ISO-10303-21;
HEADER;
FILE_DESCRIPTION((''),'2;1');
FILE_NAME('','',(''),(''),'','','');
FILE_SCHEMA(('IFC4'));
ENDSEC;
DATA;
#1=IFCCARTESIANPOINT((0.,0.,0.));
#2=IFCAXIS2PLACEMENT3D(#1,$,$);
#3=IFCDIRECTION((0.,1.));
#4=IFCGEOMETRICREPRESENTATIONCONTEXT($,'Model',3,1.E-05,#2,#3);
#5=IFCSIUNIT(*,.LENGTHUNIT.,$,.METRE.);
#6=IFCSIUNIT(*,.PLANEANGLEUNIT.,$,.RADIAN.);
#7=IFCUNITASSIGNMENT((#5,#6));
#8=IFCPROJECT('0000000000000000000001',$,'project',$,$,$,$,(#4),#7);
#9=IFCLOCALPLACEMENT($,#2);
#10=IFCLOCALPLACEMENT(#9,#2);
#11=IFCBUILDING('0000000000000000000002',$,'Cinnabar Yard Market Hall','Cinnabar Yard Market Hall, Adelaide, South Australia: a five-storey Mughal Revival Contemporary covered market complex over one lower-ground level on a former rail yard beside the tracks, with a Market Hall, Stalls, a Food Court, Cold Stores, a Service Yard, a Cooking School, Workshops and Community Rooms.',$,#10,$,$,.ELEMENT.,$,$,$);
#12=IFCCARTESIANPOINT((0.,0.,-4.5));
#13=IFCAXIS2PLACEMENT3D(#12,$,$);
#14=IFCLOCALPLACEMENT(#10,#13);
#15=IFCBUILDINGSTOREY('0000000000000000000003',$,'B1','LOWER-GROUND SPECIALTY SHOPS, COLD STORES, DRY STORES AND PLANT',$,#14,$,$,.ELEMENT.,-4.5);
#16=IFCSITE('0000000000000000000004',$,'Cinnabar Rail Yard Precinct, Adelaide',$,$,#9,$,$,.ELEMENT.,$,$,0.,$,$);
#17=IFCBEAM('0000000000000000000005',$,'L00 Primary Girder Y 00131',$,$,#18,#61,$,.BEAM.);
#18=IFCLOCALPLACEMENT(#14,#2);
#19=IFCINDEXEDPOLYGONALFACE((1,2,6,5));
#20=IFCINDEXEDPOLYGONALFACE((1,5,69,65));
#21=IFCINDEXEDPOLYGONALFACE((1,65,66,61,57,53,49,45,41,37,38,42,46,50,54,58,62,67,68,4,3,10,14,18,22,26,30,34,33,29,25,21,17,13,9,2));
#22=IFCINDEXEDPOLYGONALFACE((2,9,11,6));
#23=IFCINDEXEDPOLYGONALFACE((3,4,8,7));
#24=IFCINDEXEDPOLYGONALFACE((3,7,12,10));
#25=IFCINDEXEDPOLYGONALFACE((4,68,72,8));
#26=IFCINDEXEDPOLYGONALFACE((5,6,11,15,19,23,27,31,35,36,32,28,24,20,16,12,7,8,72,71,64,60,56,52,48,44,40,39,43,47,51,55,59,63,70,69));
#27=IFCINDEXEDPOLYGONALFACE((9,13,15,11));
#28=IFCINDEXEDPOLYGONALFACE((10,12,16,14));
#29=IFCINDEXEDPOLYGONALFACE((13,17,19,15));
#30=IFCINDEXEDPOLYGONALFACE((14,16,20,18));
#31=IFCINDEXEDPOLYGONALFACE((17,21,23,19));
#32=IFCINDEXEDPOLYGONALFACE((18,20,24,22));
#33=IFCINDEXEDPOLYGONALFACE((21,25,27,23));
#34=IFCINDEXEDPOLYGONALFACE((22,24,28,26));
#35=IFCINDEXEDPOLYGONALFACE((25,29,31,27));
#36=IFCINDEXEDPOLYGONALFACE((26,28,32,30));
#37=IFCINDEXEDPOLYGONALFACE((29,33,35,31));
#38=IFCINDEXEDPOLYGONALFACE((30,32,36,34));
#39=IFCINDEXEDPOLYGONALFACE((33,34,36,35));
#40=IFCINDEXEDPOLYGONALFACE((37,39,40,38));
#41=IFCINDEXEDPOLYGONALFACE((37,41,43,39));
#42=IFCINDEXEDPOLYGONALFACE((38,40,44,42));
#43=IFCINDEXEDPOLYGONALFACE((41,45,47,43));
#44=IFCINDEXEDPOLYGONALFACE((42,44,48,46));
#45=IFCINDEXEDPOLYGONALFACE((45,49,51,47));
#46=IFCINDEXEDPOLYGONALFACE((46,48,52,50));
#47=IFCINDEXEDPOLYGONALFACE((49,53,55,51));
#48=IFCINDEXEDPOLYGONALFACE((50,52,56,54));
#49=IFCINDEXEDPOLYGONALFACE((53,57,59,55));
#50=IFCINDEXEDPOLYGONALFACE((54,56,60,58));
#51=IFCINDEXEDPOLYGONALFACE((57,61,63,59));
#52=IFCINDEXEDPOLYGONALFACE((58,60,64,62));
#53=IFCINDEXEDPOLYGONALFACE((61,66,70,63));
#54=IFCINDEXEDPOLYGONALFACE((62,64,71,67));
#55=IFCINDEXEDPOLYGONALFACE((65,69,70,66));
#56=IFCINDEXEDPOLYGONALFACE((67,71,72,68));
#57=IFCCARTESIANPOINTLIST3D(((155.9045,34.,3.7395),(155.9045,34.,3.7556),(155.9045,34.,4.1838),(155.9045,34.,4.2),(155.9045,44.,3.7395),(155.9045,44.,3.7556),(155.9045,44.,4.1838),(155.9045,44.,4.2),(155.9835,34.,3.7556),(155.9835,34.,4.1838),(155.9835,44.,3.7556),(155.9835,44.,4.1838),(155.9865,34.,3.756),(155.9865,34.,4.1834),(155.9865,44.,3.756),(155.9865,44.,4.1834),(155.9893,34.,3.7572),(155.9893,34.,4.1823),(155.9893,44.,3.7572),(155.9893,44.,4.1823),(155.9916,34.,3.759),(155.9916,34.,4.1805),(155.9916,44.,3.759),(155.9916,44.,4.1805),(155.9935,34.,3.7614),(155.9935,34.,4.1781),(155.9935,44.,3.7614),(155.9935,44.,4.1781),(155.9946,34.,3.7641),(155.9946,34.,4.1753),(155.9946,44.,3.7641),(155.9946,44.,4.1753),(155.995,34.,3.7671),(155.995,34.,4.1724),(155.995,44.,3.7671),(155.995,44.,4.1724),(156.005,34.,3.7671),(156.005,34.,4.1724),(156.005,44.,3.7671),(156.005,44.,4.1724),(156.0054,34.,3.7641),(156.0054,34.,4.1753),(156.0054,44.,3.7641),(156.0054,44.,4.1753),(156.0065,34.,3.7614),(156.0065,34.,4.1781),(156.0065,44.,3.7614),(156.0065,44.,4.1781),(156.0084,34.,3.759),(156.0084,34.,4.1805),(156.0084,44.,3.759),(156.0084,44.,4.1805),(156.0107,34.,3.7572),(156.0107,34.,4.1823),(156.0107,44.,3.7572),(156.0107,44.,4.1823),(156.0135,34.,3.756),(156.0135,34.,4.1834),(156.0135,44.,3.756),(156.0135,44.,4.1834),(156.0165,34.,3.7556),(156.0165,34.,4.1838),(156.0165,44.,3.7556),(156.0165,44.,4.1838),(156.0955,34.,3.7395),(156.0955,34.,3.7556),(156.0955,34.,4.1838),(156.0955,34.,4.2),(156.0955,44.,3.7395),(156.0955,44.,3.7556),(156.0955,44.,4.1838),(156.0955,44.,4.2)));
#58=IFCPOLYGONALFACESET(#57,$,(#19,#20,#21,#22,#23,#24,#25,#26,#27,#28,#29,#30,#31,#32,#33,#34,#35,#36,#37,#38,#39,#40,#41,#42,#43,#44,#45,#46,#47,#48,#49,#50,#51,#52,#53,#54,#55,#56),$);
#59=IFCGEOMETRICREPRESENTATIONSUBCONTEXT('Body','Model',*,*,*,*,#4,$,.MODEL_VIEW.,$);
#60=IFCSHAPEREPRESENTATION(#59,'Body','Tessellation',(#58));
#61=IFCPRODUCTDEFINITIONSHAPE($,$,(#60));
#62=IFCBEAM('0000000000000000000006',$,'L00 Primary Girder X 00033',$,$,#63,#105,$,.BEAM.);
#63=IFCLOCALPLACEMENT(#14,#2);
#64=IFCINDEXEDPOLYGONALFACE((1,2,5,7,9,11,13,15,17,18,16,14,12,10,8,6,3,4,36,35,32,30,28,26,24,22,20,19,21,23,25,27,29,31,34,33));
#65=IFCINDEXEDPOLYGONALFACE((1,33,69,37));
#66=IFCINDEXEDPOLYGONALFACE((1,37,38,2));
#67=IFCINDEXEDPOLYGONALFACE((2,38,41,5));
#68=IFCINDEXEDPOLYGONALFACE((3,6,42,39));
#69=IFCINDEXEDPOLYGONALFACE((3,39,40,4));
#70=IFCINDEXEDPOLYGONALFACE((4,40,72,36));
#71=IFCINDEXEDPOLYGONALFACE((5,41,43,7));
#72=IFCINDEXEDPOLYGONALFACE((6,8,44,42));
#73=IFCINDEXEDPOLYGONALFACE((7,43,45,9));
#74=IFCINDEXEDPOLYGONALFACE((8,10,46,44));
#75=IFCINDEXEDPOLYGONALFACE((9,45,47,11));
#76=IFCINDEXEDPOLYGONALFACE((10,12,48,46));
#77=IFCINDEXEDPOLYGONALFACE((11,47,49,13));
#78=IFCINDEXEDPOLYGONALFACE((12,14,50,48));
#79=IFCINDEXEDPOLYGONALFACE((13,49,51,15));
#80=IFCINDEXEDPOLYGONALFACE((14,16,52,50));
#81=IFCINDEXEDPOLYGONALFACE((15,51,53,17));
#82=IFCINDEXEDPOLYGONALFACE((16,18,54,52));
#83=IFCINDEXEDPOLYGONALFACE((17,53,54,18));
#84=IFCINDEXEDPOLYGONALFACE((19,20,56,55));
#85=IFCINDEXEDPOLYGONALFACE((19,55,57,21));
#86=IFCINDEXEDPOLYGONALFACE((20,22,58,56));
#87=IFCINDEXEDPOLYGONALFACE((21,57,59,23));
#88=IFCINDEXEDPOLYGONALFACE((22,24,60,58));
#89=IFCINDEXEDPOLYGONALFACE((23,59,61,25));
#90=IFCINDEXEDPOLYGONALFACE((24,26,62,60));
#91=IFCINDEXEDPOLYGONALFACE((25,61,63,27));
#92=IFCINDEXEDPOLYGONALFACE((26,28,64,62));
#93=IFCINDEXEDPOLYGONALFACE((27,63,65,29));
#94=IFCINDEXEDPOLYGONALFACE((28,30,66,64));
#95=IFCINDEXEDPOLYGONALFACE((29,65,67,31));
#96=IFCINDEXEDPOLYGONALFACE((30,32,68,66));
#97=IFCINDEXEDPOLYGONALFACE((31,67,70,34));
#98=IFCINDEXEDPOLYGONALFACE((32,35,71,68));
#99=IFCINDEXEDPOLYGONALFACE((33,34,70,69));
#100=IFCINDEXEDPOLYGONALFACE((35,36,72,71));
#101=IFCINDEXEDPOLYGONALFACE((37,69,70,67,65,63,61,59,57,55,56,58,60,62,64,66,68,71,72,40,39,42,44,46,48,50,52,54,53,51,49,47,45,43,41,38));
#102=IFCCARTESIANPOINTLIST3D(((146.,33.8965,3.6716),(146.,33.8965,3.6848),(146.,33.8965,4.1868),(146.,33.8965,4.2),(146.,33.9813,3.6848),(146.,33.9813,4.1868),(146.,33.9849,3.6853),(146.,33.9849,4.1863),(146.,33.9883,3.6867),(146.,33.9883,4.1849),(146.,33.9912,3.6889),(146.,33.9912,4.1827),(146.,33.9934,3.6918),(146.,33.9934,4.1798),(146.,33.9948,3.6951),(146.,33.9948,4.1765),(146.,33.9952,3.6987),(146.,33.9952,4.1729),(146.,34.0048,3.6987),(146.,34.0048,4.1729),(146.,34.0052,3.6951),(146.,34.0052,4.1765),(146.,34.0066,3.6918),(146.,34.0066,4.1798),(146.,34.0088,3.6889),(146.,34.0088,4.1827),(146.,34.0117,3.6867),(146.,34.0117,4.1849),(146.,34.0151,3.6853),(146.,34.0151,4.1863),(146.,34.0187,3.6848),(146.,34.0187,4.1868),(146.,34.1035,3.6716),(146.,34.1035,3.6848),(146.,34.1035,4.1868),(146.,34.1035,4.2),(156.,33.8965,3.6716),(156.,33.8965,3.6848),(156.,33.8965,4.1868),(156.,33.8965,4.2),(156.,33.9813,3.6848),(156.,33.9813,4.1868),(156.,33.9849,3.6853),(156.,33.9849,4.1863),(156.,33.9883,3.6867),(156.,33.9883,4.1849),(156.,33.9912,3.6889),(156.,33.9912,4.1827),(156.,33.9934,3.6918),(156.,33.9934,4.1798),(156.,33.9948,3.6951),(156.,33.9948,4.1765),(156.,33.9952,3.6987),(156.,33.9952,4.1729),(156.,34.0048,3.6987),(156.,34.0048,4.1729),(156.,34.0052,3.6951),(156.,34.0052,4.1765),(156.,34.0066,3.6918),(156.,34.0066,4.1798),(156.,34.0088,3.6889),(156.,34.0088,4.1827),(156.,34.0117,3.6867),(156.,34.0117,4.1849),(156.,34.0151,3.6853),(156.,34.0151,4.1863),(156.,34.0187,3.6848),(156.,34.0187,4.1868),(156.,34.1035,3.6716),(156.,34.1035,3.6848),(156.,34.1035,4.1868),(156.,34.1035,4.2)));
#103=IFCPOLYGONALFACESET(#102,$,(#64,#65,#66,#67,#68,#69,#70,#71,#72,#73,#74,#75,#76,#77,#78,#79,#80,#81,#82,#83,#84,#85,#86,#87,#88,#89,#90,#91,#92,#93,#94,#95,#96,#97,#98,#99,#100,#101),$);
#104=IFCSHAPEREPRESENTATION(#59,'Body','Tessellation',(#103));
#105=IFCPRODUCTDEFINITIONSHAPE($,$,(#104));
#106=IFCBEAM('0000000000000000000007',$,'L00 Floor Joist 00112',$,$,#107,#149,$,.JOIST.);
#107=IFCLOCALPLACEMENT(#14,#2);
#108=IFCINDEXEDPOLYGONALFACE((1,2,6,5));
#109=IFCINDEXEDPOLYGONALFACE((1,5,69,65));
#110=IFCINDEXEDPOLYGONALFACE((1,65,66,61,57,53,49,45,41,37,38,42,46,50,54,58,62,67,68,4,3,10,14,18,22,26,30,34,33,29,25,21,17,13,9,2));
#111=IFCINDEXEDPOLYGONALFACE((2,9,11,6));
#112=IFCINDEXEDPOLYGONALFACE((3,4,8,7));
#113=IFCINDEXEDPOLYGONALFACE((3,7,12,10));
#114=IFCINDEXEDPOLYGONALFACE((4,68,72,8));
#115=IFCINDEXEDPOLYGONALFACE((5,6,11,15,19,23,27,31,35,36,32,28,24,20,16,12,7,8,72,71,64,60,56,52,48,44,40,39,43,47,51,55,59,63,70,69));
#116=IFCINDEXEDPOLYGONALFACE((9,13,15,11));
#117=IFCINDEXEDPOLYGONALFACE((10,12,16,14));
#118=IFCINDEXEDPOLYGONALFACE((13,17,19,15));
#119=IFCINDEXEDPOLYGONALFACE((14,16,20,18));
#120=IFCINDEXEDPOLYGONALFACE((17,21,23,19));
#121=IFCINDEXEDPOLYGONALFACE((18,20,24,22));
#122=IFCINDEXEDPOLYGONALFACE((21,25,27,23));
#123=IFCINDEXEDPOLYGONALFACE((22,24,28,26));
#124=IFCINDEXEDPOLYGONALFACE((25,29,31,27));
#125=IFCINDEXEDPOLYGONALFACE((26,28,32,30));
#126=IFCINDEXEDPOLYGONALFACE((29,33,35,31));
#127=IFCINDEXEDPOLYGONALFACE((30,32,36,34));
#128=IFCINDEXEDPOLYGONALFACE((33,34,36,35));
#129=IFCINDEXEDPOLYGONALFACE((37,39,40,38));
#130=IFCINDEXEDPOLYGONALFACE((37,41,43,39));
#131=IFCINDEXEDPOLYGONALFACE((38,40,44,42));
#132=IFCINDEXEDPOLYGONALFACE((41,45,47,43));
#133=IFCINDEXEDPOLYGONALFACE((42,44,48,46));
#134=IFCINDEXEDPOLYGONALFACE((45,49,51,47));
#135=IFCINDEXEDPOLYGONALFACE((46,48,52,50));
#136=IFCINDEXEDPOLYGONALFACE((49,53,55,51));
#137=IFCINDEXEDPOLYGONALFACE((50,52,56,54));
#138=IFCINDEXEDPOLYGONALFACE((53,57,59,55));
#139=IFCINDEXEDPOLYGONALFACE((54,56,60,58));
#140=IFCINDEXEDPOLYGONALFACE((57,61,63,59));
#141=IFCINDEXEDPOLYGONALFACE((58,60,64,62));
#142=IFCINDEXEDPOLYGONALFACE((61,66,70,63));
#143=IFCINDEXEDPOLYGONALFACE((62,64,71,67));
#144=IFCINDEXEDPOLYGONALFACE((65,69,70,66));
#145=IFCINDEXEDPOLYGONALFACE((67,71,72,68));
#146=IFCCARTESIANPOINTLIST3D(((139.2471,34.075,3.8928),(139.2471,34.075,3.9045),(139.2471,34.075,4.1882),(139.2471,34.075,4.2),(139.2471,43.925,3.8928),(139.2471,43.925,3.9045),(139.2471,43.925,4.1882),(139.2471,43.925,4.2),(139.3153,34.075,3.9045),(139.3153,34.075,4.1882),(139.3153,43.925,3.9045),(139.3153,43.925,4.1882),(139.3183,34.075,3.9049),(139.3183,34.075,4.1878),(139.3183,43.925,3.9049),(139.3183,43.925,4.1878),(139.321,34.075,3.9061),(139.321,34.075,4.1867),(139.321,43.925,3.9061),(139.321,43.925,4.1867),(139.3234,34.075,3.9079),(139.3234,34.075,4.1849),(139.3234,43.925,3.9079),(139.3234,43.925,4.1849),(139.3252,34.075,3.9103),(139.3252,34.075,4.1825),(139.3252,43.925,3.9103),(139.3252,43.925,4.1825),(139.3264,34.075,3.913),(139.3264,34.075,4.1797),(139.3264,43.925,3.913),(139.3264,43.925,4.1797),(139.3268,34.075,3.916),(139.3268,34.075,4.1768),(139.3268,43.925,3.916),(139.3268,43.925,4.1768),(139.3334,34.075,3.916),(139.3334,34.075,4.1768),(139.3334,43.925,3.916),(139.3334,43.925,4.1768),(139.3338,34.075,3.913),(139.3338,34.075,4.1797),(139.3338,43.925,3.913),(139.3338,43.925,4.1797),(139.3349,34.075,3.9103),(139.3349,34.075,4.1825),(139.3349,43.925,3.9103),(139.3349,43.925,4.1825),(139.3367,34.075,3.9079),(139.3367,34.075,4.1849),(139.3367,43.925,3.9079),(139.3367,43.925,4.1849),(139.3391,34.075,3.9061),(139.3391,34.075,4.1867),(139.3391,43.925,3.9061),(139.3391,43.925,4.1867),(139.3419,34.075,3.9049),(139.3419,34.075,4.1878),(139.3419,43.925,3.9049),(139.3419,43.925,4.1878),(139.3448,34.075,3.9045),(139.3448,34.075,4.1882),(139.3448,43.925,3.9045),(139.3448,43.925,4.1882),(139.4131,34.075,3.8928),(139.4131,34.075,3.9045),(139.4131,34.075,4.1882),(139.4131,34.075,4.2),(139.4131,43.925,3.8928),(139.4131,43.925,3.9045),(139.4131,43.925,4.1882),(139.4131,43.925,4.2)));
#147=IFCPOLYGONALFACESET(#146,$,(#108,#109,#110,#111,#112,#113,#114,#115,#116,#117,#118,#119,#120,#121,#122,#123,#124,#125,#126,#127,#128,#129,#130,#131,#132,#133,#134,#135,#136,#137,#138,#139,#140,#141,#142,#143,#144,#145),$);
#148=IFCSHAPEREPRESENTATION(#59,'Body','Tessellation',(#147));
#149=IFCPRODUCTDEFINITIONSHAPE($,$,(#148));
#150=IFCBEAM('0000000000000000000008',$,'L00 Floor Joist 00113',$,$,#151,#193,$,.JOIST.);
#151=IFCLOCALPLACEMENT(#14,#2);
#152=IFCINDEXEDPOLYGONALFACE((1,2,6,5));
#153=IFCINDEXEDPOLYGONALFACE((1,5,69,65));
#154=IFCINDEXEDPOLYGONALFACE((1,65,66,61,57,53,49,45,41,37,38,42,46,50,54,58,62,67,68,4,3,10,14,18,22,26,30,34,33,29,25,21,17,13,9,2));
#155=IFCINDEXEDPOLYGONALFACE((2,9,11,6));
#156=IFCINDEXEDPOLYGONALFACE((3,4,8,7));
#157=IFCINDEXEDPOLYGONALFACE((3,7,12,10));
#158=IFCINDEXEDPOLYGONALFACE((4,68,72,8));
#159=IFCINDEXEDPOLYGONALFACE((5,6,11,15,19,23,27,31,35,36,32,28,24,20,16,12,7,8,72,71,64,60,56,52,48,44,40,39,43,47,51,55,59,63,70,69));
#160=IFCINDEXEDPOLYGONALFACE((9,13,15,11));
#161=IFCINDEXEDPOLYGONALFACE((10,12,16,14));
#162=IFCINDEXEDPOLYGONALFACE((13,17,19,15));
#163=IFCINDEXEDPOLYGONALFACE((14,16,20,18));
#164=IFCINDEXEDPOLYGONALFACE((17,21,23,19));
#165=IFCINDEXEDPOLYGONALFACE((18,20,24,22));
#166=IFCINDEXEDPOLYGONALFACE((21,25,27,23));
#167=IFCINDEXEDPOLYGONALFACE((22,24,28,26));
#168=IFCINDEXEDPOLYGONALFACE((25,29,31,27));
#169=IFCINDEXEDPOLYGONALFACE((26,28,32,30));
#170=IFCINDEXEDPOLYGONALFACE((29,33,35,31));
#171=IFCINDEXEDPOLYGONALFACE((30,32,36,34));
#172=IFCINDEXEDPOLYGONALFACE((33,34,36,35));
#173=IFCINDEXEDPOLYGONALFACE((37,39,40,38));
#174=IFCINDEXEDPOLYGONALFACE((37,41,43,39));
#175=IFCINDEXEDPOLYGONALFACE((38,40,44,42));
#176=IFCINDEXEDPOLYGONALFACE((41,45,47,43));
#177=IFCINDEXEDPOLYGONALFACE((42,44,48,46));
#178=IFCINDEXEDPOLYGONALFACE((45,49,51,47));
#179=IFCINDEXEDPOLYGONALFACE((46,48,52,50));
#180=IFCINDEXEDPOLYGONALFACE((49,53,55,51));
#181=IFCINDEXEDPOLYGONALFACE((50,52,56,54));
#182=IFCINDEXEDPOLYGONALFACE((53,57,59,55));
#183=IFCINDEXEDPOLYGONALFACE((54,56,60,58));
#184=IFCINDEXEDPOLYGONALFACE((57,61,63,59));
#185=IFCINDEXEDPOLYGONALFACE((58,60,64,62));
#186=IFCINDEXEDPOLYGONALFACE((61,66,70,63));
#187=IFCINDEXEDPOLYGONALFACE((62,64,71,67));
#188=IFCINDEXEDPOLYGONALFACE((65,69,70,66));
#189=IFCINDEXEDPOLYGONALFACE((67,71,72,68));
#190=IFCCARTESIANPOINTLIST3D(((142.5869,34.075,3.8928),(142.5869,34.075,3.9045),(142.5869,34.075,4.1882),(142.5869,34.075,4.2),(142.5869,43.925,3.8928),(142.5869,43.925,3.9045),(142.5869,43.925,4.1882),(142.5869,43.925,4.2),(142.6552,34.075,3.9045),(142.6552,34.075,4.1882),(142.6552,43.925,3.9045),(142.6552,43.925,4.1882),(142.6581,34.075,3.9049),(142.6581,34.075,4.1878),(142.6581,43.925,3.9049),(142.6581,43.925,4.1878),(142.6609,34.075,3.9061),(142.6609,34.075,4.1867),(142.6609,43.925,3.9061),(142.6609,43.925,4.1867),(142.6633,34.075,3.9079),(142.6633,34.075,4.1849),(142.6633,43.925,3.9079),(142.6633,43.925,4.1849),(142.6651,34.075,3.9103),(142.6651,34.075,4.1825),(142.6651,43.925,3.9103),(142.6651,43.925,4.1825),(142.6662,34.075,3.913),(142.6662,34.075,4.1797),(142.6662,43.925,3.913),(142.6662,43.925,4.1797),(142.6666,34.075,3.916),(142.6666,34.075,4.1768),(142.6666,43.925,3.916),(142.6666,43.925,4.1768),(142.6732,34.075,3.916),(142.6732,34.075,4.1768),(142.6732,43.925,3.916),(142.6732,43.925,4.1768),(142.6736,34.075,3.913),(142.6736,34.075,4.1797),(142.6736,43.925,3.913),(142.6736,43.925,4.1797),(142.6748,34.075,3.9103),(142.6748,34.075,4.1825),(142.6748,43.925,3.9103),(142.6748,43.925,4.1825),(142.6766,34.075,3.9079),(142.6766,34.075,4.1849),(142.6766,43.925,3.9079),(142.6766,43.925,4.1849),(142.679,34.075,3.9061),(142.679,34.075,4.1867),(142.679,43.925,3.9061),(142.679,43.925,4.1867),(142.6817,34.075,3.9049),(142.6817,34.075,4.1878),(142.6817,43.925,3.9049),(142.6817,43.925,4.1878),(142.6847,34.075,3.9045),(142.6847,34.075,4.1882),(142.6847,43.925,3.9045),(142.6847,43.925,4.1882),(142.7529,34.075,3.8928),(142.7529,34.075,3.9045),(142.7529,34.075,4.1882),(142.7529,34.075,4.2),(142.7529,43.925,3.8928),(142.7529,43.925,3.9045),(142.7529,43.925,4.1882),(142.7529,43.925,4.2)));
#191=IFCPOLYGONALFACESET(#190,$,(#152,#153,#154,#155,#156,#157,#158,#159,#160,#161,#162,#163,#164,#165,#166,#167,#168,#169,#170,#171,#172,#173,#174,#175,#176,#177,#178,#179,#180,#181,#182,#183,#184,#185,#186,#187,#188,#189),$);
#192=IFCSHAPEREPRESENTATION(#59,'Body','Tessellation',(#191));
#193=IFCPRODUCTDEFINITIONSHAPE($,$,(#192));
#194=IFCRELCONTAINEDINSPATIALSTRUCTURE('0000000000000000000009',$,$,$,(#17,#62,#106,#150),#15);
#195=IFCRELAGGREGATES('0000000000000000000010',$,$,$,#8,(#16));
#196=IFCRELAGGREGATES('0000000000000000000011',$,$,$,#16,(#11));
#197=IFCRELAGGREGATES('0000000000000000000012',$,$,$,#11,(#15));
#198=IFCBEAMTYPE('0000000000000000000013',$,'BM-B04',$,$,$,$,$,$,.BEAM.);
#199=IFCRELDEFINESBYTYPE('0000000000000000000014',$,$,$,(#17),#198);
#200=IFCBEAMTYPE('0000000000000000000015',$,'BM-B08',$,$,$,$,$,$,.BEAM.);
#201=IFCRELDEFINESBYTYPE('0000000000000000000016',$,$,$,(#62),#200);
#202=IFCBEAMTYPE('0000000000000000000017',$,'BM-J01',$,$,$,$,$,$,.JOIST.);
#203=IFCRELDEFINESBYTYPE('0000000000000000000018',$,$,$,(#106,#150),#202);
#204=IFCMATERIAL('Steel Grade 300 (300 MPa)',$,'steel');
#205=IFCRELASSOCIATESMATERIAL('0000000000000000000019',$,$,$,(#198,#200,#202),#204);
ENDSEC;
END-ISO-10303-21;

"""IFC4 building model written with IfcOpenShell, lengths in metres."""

from ifc_helpers import new_model, si_unit, direction, frame, origin, origin_2d_with_axis, place, context, subcontext, project, spatial, i_section, extrude, material, material_profile, profile_set, type_object, element, save


model = new_model("IFC4")

# Units and contexts
model_context = context("Model", 3, precision=1e-05, world=origin(), true_north=direction((0.0, 1.0)))
body_context = subcontext(model_context, "Body", "Model", "MODEL_VIEW")
ifc_project = project(units=[si_unit("LENGTHUNIT", "METRE"), si_unit("PLANEANGLEUNIT", "RADIAN")], contexts=[model_context])

# Site, building, storey
site_placement = place(None, origin())
site = spatial("IfcSite", under=ifc_project, at=site_placement, Name="Cinnabar Rail Yard Precinct, Adelaide", CompositionType="ELEMENT", RefElevation=0.0)
building_placement = place(site_placement, origin())
building = spatial("IfcBuilding", under=site, at=building_placement, Name="Cinnabar Yard Market Hall", Description="Cinnabar Yard Market Hall, Adelaide, South Australia: a five-storey Mughal Revival Contemporary covered market complex over one lower-ground level on a former rail yard beside the tracks, with a Market Hall, Stalls, a Food Court, Cold Stores, a Service Yard, a Cooking School, Workshops and Community Rooms.", CompositionType="ELEMENT")
storey_placement = place(building_placement, frame((0.0, 0.0, -4.5)))
storey = spatial("IfcBuildingStorey", under=building, at=storey_placement, Name="B1", Description="LOWER-GROUND SPECIALTY SHOPS, COLD STORES, DRY STORES AND PLANT", CompositionType="ELEMENT", Elevation=-4.5)

# Beams
ifc_material_1 = material(Name="Steel Grade 300 (300 MPa)", Category="steel")
ifc_material_profile_1 = material_profile(ifc_material_1, i_section(OverallWidth=0.1909, OverallDepth=0.4604, WebThickness=0.01, FlangeThickness=0.0161, FilletRadius=0.0115, at=origin_2d_with_axis()), Name="460UB82.1")
ifc_profile_set_1 = profile_set([ifc_material_profile_1], Name="Steel Grade 300 (300 MPa)")
beam_type_1 = type_object("IfcBeamType", Name="BM-B04", PredefinedType="BEAM", material=ifc_profile_set_1)
for number, where, z_axis, x_axis, name in (
    (1, (156.0, 34.0, 3.9697), (0.0, 1.0, 0.0), (-1.0, 0.0, 0.0), "L00 Primary Girder Y 00131"),
):
    element("IfcBeam", number, at=place(storey_placement, frame(where, z_axis=z_axis, x_axis=x_axis)), inside=storey, type_object=beam_type_1, Name=name, PredefinedType="BEAM", context=body_context, shape_type="SweptSolid", body=[
        extrude(i_section(OverallWidth=0.1909, OverallDepth=0.4604, WebThickness=0.01, FlangeThickness=0.0161, FilletRadius=0.0115, at=origin_2d_with_axis()), origin(), (0.0, 0.0, 1.0), 10.0),
    ])
ifc_material_profile_2 = material_profile(ifc_material_1, i_section(OverallWidth=0.207, OverallDepth=0.5283, WebThickness=0.0095, FlangeThickness=0.0132, FilletRadius=0.0139, at=origin_2d_with_axis()), Name="530UB82.0")
ifc_profile_set_2 = profile_set([ifc_material_profile_2], Name="Steel Grade 300 (300 MPa)")
beam_type_2 = type_object("IfcBeamType", Name="BM-B08", PredefinedType="BEAM", material=ifc_profile_set_2)
beam_placement = place(storey_placement, frame((146.0, 34.0, 3.9358), z_axis=(1.0, 0.0, 0.0), x_axis=(0.0, 1.0, 0.0)))
element("IfcBeam", 2, at=beam_placement, inside=storey, type_object=beam_type_2, Name="L00 Primary Girder X 00033", PredefinedType="BEAM", context=body_context, shape_type="SweptSolid", body=[
    extrude(i_section(OverallWidth=0.207, OverallDepth=0.5283, WebThickness=0.0095, FlangeThickness=0.0132, FilletRadius=0.0139, at=origin_2d_with_axis()), origin(), (0.0, 0.0, 1.0), 10.0),
])
ifc_material_profile_3 = material_profile(ifc_material_1, i_section(OverallWidth=0.166, OverallDepth=0.3071, WebThickness=0.0066, FlangeThickness=0.0117, FilletRadius=0.0115, at=origin_2d_with_axis()), Name="310UB46.2")
ifc_profile_set_3 = profile_set([ifc_material_profile_3], Name="Steel Grade 300 (300 MPa)")
beam_type_3 = type_object("IfcBeamType", Name="BM-J01", PredefinedType="JOIST", material=ifc_profile_set_3)
for number, where, z_axis, x_axis, name in (
    (3, (139.3301, 34.075, 4.0464), (0.0, 1.0, 0.0), (-1.0, 0.0, 0.0), "L00 Floor Joist 00112"),
    (4, (142.6699, 34.075, 4.0464), (0.0, 1.0, 0.0), (-1.0, 0.0, 0.0), "L00 Floor Joist 00113"),
):
    element("IfcBeam", number, at=place(storey_placement, frame(where, z_axis=z_axis, x_axis=x_axis)), inside=storey, type_object=beam_type_3, Name=name, PredefinedType="JOIST", context=body_context, shape_type="SweptSolid", body=[
        extrude(i_section(OverallWidth=0.166, OverallDepth=0.3071, WebThickness=0.0066, FlangeThickness=0.0117, FilletRadius=0.0115, at=origin_2d_with_axis()), origin(), (0.0, 0.0, 1.0), 9.8501),
    ])

save(model, "model.ifc")
